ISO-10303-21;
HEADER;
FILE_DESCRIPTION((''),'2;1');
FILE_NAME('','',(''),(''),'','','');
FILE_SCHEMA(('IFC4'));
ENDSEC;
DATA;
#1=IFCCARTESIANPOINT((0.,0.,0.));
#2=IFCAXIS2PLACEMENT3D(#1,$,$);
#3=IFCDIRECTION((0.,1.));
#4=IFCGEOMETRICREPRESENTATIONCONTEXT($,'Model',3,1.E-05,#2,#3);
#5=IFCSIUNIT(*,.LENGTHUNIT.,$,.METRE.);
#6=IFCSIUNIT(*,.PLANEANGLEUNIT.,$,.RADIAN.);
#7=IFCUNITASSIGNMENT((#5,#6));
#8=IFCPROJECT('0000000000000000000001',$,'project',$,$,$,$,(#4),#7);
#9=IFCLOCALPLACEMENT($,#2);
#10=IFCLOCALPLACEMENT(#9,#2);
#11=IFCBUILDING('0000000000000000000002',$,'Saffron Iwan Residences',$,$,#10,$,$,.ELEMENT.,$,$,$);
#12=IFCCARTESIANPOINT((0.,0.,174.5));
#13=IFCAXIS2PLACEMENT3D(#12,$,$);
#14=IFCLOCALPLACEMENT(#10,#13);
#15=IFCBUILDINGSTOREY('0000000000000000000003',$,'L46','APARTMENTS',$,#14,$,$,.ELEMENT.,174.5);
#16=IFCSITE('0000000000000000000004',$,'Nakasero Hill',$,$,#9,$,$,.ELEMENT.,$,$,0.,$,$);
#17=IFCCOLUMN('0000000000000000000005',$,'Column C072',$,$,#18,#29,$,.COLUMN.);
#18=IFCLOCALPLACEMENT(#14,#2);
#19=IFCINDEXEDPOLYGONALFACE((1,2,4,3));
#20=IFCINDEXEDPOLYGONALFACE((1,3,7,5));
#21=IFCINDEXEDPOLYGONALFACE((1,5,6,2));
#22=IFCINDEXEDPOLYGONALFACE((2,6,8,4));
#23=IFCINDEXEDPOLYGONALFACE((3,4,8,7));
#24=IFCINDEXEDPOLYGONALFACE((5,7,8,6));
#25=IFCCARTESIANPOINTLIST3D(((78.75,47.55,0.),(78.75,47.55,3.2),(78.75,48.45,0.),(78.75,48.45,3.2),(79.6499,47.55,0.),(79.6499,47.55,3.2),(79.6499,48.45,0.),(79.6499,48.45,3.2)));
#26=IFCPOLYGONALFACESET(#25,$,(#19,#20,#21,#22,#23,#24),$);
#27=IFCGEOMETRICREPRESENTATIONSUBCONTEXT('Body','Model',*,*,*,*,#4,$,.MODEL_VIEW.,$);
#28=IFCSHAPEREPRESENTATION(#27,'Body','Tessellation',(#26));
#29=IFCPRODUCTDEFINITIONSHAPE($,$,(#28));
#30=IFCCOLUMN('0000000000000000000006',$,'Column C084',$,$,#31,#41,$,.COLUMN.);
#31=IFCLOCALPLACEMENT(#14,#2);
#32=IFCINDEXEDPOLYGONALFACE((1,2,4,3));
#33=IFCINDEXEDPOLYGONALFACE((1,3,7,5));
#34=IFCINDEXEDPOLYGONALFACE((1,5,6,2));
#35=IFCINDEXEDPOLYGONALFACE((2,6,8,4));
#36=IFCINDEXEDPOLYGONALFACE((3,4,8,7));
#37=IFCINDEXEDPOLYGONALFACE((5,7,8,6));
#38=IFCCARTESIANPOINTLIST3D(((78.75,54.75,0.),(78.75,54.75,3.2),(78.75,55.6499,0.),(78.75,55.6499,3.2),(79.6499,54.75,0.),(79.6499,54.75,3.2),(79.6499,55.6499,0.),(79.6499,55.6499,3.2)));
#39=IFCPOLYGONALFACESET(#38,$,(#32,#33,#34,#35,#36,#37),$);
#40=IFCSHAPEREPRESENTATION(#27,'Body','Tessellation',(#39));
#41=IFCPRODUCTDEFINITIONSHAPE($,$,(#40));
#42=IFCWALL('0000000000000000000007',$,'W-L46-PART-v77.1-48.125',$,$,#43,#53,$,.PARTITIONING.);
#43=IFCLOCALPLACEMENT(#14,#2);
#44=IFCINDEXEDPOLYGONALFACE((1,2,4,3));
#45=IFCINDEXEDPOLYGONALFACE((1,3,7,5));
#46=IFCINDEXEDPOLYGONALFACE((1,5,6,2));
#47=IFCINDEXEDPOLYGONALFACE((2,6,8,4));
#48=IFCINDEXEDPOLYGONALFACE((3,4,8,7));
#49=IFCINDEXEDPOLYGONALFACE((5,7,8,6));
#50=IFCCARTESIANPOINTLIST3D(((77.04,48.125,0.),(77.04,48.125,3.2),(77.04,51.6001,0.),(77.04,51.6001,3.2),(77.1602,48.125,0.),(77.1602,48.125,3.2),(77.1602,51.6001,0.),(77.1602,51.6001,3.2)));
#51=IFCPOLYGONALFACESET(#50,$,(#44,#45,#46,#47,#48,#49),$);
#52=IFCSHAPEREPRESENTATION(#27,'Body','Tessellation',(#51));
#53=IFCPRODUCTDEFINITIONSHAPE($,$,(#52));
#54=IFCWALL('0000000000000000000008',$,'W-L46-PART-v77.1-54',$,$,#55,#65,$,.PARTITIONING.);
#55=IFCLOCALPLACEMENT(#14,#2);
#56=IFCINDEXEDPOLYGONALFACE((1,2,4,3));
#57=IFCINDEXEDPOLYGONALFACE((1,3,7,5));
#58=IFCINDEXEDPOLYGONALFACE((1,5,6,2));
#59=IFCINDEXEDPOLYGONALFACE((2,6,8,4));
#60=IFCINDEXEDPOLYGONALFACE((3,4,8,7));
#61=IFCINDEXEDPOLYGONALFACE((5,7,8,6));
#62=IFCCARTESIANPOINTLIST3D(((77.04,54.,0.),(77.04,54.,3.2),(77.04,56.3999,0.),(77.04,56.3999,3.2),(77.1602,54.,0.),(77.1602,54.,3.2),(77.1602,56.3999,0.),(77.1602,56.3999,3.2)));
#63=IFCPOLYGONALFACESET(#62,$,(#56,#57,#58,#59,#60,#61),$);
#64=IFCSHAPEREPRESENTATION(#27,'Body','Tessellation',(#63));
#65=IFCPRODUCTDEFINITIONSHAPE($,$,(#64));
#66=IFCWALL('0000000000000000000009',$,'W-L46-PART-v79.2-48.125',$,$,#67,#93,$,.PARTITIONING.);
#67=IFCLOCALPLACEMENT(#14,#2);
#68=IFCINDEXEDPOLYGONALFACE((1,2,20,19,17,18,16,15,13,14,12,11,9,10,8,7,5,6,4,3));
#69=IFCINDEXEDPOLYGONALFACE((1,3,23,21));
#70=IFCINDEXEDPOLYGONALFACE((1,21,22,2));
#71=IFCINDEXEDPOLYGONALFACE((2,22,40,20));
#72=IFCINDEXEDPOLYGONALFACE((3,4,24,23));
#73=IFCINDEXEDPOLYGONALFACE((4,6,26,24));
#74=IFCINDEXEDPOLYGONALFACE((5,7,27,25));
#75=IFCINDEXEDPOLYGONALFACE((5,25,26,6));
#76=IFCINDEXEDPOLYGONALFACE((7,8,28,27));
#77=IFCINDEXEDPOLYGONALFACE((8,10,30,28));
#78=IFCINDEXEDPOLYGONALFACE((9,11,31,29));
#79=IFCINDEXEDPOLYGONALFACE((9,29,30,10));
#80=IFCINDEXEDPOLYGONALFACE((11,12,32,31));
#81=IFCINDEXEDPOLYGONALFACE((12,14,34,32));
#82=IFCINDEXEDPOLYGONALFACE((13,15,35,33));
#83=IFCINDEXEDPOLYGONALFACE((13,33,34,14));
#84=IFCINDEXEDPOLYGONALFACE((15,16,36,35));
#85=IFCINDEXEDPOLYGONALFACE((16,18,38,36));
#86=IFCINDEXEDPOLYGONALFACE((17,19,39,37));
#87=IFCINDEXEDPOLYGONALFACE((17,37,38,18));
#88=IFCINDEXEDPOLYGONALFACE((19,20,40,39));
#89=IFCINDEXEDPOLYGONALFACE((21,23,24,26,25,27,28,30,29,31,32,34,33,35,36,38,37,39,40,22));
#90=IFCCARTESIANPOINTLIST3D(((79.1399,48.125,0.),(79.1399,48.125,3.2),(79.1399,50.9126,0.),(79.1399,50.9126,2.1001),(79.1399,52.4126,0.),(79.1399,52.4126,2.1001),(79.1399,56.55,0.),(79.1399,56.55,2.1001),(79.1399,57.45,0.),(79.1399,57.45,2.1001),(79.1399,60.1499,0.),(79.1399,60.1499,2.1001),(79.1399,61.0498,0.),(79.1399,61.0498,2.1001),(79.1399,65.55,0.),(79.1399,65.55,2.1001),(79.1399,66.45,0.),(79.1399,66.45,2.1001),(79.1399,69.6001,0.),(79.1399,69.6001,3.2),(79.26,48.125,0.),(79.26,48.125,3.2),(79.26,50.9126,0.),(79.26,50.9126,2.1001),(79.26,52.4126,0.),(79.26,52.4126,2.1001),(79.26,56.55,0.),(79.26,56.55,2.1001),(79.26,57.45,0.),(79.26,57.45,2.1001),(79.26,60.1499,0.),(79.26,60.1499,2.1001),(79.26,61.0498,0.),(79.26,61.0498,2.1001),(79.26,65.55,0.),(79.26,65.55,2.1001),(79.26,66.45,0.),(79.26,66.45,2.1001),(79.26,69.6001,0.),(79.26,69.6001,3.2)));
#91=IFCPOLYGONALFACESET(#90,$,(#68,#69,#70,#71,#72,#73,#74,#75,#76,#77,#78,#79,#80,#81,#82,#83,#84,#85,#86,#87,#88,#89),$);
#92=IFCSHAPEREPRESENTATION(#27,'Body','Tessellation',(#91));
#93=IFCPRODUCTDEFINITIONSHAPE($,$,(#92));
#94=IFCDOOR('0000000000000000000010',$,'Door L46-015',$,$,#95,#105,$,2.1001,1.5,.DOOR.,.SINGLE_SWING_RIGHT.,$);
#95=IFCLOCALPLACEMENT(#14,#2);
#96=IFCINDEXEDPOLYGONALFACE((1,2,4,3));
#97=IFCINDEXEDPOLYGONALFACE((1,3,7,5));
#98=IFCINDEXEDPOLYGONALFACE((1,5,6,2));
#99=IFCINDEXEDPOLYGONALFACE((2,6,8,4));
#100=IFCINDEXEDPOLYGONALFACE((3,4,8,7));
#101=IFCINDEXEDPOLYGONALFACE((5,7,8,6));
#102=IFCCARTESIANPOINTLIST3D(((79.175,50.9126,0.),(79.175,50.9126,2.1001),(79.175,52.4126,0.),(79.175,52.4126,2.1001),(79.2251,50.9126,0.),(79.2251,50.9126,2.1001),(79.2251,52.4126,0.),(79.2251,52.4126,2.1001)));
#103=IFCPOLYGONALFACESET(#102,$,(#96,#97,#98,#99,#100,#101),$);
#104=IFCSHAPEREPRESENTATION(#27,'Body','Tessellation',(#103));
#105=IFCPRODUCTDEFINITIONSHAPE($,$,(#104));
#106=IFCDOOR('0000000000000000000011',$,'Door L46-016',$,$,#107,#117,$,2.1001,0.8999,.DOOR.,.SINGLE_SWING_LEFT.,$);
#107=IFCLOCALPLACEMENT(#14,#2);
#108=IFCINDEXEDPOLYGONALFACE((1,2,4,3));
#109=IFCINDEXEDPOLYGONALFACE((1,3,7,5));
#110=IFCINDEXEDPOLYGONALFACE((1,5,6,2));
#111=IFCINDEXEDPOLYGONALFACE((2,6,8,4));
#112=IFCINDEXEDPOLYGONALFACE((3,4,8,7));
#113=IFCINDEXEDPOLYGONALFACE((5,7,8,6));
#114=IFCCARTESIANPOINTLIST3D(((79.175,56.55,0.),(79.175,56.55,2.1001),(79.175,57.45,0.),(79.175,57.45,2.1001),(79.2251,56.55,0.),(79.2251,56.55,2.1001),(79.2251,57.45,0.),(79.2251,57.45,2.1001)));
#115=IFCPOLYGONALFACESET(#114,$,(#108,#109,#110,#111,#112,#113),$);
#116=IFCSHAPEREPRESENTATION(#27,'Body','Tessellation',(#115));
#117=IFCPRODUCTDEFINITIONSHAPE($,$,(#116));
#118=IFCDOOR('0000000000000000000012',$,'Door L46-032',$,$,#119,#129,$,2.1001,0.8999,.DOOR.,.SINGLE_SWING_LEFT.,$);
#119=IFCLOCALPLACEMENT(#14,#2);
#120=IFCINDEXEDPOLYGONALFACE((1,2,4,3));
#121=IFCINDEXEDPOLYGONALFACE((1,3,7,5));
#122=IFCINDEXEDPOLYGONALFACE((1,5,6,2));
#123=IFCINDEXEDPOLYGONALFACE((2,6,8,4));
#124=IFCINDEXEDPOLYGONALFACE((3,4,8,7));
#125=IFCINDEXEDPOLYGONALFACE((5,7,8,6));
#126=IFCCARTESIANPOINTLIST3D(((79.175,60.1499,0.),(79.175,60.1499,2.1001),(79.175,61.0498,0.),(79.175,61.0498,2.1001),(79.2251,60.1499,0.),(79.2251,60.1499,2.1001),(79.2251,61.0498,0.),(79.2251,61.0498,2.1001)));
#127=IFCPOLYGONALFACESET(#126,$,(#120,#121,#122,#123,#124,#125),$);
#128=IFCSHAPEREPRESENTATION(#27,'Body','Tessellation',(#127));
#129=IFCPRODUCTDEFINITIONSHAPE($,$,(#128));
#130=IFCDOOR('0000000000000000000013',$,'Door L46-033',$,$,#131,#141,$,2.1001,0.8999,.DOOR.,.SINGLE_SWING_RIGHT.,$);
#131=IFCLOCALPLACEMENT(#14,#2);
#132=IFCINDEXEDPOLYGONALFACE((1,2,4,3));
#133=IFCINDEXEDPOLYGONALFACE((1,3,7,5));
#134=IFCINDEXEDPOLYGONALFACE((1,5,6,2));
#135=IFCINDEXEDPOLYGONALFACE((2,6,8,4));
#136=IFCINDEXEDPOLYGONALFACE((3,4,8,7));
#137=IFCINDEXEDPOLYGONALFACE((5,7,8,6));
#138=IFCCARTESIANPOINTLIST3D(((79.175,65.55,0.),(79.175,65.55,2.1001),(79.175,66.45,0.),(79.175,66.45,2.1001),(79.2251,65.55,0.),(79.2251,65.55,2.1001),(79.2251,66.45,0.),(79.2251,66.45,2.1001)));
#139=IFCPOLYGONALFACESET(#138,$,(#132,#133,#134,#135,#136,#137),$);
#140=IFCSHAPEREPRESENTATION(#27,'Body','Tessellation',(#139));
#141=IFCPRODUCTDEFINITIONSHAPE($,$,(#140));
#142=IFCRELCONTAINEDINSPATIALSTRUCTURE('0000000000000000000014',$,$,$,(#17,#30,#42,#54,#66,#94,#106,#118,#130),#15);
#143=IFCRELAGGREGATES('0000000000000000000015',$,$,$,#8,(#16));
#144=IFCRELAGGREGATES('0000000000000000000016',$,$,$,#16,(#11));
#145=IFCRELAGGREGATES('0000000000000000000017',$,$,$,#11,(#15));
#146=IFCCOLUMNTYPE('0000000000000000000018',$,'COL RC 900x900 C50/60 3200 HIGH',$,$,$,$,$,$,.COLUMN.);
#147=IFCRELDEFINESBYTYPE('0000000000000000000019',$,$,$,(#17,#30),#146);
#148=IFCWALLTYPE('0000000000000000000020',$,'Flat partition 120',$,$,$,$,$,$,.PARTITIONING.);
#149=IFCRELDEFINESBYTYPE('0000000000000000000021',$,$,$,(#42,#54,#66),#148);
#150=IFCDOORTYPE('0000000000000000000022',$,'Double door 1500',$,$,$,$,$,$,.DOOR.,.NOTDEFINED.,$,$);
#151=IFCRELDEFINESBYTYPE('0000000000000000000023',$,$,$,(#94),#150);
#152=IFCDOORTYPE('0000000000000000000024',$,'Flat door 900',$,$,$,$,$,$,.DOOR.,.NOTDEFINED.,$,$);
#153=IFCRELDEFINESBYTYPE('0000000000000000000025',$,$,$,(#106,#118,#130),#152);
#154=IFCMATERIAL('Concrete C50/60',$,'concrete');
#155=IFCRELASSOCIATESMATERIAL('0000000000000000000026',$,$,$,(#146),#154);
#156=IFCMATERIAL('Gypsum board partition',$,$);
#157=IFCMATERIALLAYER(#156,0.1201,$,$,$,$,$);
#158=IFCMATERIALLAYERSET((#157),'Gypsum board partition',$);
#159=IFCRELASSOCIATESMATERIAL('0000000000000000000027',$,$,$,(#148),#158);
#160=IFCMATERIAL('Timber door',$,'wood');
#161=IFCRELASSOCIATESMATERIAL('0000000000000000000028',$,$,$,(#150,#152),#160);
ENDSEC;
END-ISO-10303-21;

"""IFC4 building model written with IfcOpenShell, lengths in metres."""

from ifc_helpers import new_model, si_unit, direction, frame, frame_2d, origin, origin_2d, place, context, subcontext, project, spatial, rectangle, extrude, source, transform, mapped, material, layer, layer_set, material_profile, profile_set, type_object, element, fill, save


model = new_model("IFC4")

# Units and contexts
model_context = context("Model", 3, precision=1e-05, world=origin(), true_north=direction((0.0, 1.0)))
body_context = subcontext(model_context, "Body", "Model", "MODEL_VIEW")
ifc_project = project(units=[si_unit("LENGTHUNIT", "METRE"), si_unit("PLANEANGLEUNIT", "RADIAN")], contexts=[model_context])

# Site, building, storey
site_placement = place(None, origin())
site = spatial("IfcSite", under=ifc_project, at=site_placement, Name="Nakasero Hill", CompositionType="ELEMENT", RefElevation=0.0)
building_placement = place(site_placement, origin())
building = spatial("IfcBuilding", under=site, at=building_placement, Name="Saffron Iwan Residences", CompositionType="ELEMENT")
storey_placement = place(building_placement, frame((0.0, 0.0, 174.5)))
storey = spatial("IfcBuildingStorey", under=building, at=storey_placement, Name="L46", Description="APARTMENTS", CompositionType="ELEMENT", Elevation=174.5)

# Columns
ifc_material_1 = material(Name="Concrete C50/60", Category="concrete")
ifc_material_profile = material_profile(ifc_material_1, rectangle(XDim=0.8999, YDim=0.8999, at=origin_2d()), Name="RC 900x900")
ifc_profile_set = profile_set([ifc_material_profile], Name="Concrete C50/60")
column_type = type_object("IfcColumnType", Name="COL RC 900x900 C50/60 3200 HIGH", PredefinedType="COLUMN", material=ifc_profile_set)
shared_shape = source(origin(), body_context, "Body", "SweptSolid", [
    extrude(rectangle(XDim=0.8999, YDim=0.8999, at=origin_2d()), origin(), (0.0, 0.0, 1.0), 3.2),
])
for number, where, z_axis, x_axis, name in (
    (1, (79.2, 48.0, 0.0), (0.0, 0.0, 1.0), (1.0, 0.0, 0.0), "Column C072"),
    (2, (79.2, 55.2, 0.0), (0.0, 0.0, 1.0), (1.0, 0.0, 0.0), "Column C084"),
):
    element("IfcColumn", number, at=place(storey_placement, frame(where, z_axis=z_axis, x_axis=x_axis)), inside=storey, type_object=column_type, Name=name, PredefinedType="COLUMN", context=body_context, shape_type="MappedRepresentation", body=[
        mapped(shared_shape, transform((0.0, 0.0, 0.0))),
    ])

# Walls
ifc_material_2 = material(Name="Gypsum board partition")
ifc_layer = layer(ifc_material_2, 0.1201)
ifc_layer_set = layer_set([ifc_layer], Name="Gypsum board partition")
wall_type = type_object("IfcWallType", Name="Flat partition 120", PredefinedType="PARTITIONING", material=ifc_layer_set)
wall_1_placement = place(storey_placement, frame((77.1001, 48.125, 0.0), z_axis=(0.0, 0.0, 1.0), x_axis=(0.0, 1.0, 0.0)))
element("IfcWall", 3, at=wall_1_placement, inside=storey, type_object=wall_type, Name="W-L46-PART-v77.1-48.125", PredefinedType="PARTITIONING", context=body_context, shape_type="SweptSolid", body=[
    extrude(rectangle(XDim=3.4751, YDim=0.1201, at=frame_2d((1.7375, 0.0))), origin(), (0.0, 0.0, 1.0), 3.2),
])
wall_2_placement = place(storey_placement, frame((77.1001, 54.0, 0.0), z_axis=(0.0, 0.0, 1.0), x_axis=(0.0, 1.0, 0.0)))
element("IfcWall", 4, at=wall_2_placement, inside=storey, type_object=wall_type, Name="W-L46-PART-v77.1-54", PredefinedType="PARTITIONING", context=body_context, shape_type="SweptSolid", body=[
    extrude(rectangle(XDim=2.3999, YDim=0.1201, at=frame_2d((1.2, 0.0))), origin(), (0.0, 0.0, 1.0), 3.2),
])

# Wall, openings, doors
wall_3_placement = place(storey_placement, frame((79.2, 48.125, 0.0), z_axis=(0.0, 0.0, 1.0), x_axis=(0.0, 1.0, 0.0)))
wall_3 = element("IfcWall", 5, at=wall_3_placement, inside=storey, type_object=wall_type, Name="W-L46-PART-v79.2-48.125", PredefinedType="PARTITIONING", context=body_context, shape_type="SweptSolid", body=[
    extrude(rectangle(XDim=21.4751, YDim=0.1201, at=frame_2d((10.7375, 0.0))), origin(), (0.0, 0.0, 1.0), 3.2),
])
opening_1_placement = place(wall_3_placement, frame((2.7876, 0.0, 0.0)))
opening_1 = element("IfcOpeningElement", 6, at=opening_1_placement, cuts=wall_3, PredefinedType="OPENING", context=body_context, shape_type="SweptSolid", body=[
    extrude(rectangle(XDim=1.5, YDim=2.1001, at=frame_2d((0.75, 1.05))), frame((0.0, 0.0701, 0.0), z_axis=(0.0, -1.0, 0.0), x_axis=(1.0, 0.0, 0.0)), (0.0, 0.0, 1.0), 0.1401),
])
opening_2_placement = place(wall_3_placement, frame((8.425, 0.0, 0.0)))
opening_2 = element("IfcOpeningElement", 7, at=opening_2_placement, cuts=wall_3, PredefinedType="OPENING", context=body_context, shape_type="SweptSolid", body=[
    extrude(rectangle(XDim=0.8999, YDim=2.1001, at=frame_2d((0.45, 1.05))), frame((0.0, 0.0701, 0.0), z_axis=(0.0, -1.0, 0.0), x_axis=(1.0, 0.0, 0.0)), (0.0, 0.0, 1.0), 0.1401),
])
opening_3_placement = place(wall_3_placement, frame((12.0249, 0.0, 0.0)))
opening_3 = element("IfcOpeningElement", 8, at=opening_3_placement, cuts=wall_3, PredefinedType="OPENING", context=body_context, shape_type="SweptSolid", body=[
    extrude(rectangle(XDim=0.8999, YDim=2.1001, at=frame_2d((0.45, 1.05))), frame((0.0, 0.0701, 0.0), z_axis=(0.0, -1.0, 0.0), x_axis=(1.0, 0.0, 0.0)), (0.0, 0.0, 1.0), 0.1401),
])
opening_4_placement = place(wall_3_placement, frame((17.425, 0.0, 0.0)))
opening_4 = element("IfcOpeningElement", 9, at=opening_4_placement, cuts=wall_3, PredefinedType="OPENING", context=body_context, shape_type="SweptSolid", body=[
    extrude(rectangle(XDim=0.8999, YDim=2.1001, at=frame_2d((0.45, 1.05))), frame((0.0, 0.0701, 0.0), z_axis=(0.0, -1.0, 0.0), x_axis=(1.0, 0.0, 0.0)), (0.0, 0.0, 1.0), 0.1401),
])
ifc_material_3 = material(Name="Timber door", Category="wood")
door_type_1 = type_object("IfcDoorType", Name="Double door 1500", OperationType="NOTDEFINED", PredefinedType="DOOR", material=ifc_material_3)
door_1_placement = place(opening_1_placement, origin())
door_1 = element("IfcDoor", 10, at=door_1_placement, inside=storey, type_object=door_type_1, Name="Door L46-015", OperationType="SINGLE_SWING_RIGHT", OverallHeight=2.1001, OverallWidth=1.5, PredefinedType="DOOR", context=body_context, shape_type="SweptSolid", body=[
    extrude(rectangle(XDim=1.5, YDim=2.1001, at=frame_2d((0.75, 1.05))), frame((0.0, 0.0249, 0.0), z_axis=(0.0, -1.0, 0.0), x_axis=(1.0, 0.0, 0.0)), (0.0, 0.0, 1.0), 0.05),
])
fill(opening_1, door_1)
door_type_2 = type_object("IfcDoorType", Name="Flat door 900", OperationType="NOTDEFINED", PredefinedType="DOOR", material=ifc_material_3)
door_2_placement = place(opening_2_placement, origin())
door_2 = element("IfcDoor", 11, at=door_2_placement, inside=storey, type_object=door_type_2, Name="Door L46-016", OperationType="SINGLE_SWING_LEFT", OverallHeight=2.1001, OverallWidth=0.8999, PredefinedType="DOOR", context=body_context, shape_type="SweptSolid", body=[
    extrude(rectangle(XDim=0.8999, YDim=2.1001, at=frame_2d((0.45, 1.05))), frame((0.0, 0.0249, 0.0), z_axis=(0.0, -1.0, 0.0), x_axis=(1.0, 0.0, 0.0)), (0.0, 0.0, 1.0), 0.05),
])
fill(opening_2, door_2)
door_3_placement = place(opening_3_placement, origin())
door_3 = element("IfcDoor", 12, at=door_3_placement, inside=storey, type_object=door_type_2, Name="Door L46-032", OperationType="SINGLE_SWING_LEFT", OverallHeight=2.1001, OverallWidth=0.8999, PredefinedType="DOOR", context=body_context, shape_type="SweptSolid", body=[
    extrude(rectangle(XDim=0.8999, YDim=2.1001, at=frame_2d((0.45, 1.05))), frame((0.0, 0.0249, 0.0), z_axis=(0.0, -1.0, 0.0), x_axis=(1.0, 0.0, 0.0)), (0.0, 0.0, 1.0), 0.05),
])
fill(opening_3, door_3)
door_4_placement = place(opening_4_placement, origin())
door_4 = element("IfcDoor", 13, at=door_4_placement, inside=storey, type_object=door_type_2, Name="Door L46-033", OperationType="SINGLE_SWING_RIGHT", OverallHeight=2.1001, OverallWidth=0.8999, PredefinedType="DOOR", context=body_context, shape_type="SweptSolid", body=[
    extrude(rectangle(XDim=0.8999, YDim=2.1001, at=frame_2d((0.45, 1.05))), frame((0.0, 0.0249, 0.0), z_axis=(0.0, -1.0, 0.0), x_axis=(1.0, 0.0, 0.0)), (0.0, 0.0, 1.0), 0.05),
])
fill(opening_4, door_4)

save(model, "model.ifc")
